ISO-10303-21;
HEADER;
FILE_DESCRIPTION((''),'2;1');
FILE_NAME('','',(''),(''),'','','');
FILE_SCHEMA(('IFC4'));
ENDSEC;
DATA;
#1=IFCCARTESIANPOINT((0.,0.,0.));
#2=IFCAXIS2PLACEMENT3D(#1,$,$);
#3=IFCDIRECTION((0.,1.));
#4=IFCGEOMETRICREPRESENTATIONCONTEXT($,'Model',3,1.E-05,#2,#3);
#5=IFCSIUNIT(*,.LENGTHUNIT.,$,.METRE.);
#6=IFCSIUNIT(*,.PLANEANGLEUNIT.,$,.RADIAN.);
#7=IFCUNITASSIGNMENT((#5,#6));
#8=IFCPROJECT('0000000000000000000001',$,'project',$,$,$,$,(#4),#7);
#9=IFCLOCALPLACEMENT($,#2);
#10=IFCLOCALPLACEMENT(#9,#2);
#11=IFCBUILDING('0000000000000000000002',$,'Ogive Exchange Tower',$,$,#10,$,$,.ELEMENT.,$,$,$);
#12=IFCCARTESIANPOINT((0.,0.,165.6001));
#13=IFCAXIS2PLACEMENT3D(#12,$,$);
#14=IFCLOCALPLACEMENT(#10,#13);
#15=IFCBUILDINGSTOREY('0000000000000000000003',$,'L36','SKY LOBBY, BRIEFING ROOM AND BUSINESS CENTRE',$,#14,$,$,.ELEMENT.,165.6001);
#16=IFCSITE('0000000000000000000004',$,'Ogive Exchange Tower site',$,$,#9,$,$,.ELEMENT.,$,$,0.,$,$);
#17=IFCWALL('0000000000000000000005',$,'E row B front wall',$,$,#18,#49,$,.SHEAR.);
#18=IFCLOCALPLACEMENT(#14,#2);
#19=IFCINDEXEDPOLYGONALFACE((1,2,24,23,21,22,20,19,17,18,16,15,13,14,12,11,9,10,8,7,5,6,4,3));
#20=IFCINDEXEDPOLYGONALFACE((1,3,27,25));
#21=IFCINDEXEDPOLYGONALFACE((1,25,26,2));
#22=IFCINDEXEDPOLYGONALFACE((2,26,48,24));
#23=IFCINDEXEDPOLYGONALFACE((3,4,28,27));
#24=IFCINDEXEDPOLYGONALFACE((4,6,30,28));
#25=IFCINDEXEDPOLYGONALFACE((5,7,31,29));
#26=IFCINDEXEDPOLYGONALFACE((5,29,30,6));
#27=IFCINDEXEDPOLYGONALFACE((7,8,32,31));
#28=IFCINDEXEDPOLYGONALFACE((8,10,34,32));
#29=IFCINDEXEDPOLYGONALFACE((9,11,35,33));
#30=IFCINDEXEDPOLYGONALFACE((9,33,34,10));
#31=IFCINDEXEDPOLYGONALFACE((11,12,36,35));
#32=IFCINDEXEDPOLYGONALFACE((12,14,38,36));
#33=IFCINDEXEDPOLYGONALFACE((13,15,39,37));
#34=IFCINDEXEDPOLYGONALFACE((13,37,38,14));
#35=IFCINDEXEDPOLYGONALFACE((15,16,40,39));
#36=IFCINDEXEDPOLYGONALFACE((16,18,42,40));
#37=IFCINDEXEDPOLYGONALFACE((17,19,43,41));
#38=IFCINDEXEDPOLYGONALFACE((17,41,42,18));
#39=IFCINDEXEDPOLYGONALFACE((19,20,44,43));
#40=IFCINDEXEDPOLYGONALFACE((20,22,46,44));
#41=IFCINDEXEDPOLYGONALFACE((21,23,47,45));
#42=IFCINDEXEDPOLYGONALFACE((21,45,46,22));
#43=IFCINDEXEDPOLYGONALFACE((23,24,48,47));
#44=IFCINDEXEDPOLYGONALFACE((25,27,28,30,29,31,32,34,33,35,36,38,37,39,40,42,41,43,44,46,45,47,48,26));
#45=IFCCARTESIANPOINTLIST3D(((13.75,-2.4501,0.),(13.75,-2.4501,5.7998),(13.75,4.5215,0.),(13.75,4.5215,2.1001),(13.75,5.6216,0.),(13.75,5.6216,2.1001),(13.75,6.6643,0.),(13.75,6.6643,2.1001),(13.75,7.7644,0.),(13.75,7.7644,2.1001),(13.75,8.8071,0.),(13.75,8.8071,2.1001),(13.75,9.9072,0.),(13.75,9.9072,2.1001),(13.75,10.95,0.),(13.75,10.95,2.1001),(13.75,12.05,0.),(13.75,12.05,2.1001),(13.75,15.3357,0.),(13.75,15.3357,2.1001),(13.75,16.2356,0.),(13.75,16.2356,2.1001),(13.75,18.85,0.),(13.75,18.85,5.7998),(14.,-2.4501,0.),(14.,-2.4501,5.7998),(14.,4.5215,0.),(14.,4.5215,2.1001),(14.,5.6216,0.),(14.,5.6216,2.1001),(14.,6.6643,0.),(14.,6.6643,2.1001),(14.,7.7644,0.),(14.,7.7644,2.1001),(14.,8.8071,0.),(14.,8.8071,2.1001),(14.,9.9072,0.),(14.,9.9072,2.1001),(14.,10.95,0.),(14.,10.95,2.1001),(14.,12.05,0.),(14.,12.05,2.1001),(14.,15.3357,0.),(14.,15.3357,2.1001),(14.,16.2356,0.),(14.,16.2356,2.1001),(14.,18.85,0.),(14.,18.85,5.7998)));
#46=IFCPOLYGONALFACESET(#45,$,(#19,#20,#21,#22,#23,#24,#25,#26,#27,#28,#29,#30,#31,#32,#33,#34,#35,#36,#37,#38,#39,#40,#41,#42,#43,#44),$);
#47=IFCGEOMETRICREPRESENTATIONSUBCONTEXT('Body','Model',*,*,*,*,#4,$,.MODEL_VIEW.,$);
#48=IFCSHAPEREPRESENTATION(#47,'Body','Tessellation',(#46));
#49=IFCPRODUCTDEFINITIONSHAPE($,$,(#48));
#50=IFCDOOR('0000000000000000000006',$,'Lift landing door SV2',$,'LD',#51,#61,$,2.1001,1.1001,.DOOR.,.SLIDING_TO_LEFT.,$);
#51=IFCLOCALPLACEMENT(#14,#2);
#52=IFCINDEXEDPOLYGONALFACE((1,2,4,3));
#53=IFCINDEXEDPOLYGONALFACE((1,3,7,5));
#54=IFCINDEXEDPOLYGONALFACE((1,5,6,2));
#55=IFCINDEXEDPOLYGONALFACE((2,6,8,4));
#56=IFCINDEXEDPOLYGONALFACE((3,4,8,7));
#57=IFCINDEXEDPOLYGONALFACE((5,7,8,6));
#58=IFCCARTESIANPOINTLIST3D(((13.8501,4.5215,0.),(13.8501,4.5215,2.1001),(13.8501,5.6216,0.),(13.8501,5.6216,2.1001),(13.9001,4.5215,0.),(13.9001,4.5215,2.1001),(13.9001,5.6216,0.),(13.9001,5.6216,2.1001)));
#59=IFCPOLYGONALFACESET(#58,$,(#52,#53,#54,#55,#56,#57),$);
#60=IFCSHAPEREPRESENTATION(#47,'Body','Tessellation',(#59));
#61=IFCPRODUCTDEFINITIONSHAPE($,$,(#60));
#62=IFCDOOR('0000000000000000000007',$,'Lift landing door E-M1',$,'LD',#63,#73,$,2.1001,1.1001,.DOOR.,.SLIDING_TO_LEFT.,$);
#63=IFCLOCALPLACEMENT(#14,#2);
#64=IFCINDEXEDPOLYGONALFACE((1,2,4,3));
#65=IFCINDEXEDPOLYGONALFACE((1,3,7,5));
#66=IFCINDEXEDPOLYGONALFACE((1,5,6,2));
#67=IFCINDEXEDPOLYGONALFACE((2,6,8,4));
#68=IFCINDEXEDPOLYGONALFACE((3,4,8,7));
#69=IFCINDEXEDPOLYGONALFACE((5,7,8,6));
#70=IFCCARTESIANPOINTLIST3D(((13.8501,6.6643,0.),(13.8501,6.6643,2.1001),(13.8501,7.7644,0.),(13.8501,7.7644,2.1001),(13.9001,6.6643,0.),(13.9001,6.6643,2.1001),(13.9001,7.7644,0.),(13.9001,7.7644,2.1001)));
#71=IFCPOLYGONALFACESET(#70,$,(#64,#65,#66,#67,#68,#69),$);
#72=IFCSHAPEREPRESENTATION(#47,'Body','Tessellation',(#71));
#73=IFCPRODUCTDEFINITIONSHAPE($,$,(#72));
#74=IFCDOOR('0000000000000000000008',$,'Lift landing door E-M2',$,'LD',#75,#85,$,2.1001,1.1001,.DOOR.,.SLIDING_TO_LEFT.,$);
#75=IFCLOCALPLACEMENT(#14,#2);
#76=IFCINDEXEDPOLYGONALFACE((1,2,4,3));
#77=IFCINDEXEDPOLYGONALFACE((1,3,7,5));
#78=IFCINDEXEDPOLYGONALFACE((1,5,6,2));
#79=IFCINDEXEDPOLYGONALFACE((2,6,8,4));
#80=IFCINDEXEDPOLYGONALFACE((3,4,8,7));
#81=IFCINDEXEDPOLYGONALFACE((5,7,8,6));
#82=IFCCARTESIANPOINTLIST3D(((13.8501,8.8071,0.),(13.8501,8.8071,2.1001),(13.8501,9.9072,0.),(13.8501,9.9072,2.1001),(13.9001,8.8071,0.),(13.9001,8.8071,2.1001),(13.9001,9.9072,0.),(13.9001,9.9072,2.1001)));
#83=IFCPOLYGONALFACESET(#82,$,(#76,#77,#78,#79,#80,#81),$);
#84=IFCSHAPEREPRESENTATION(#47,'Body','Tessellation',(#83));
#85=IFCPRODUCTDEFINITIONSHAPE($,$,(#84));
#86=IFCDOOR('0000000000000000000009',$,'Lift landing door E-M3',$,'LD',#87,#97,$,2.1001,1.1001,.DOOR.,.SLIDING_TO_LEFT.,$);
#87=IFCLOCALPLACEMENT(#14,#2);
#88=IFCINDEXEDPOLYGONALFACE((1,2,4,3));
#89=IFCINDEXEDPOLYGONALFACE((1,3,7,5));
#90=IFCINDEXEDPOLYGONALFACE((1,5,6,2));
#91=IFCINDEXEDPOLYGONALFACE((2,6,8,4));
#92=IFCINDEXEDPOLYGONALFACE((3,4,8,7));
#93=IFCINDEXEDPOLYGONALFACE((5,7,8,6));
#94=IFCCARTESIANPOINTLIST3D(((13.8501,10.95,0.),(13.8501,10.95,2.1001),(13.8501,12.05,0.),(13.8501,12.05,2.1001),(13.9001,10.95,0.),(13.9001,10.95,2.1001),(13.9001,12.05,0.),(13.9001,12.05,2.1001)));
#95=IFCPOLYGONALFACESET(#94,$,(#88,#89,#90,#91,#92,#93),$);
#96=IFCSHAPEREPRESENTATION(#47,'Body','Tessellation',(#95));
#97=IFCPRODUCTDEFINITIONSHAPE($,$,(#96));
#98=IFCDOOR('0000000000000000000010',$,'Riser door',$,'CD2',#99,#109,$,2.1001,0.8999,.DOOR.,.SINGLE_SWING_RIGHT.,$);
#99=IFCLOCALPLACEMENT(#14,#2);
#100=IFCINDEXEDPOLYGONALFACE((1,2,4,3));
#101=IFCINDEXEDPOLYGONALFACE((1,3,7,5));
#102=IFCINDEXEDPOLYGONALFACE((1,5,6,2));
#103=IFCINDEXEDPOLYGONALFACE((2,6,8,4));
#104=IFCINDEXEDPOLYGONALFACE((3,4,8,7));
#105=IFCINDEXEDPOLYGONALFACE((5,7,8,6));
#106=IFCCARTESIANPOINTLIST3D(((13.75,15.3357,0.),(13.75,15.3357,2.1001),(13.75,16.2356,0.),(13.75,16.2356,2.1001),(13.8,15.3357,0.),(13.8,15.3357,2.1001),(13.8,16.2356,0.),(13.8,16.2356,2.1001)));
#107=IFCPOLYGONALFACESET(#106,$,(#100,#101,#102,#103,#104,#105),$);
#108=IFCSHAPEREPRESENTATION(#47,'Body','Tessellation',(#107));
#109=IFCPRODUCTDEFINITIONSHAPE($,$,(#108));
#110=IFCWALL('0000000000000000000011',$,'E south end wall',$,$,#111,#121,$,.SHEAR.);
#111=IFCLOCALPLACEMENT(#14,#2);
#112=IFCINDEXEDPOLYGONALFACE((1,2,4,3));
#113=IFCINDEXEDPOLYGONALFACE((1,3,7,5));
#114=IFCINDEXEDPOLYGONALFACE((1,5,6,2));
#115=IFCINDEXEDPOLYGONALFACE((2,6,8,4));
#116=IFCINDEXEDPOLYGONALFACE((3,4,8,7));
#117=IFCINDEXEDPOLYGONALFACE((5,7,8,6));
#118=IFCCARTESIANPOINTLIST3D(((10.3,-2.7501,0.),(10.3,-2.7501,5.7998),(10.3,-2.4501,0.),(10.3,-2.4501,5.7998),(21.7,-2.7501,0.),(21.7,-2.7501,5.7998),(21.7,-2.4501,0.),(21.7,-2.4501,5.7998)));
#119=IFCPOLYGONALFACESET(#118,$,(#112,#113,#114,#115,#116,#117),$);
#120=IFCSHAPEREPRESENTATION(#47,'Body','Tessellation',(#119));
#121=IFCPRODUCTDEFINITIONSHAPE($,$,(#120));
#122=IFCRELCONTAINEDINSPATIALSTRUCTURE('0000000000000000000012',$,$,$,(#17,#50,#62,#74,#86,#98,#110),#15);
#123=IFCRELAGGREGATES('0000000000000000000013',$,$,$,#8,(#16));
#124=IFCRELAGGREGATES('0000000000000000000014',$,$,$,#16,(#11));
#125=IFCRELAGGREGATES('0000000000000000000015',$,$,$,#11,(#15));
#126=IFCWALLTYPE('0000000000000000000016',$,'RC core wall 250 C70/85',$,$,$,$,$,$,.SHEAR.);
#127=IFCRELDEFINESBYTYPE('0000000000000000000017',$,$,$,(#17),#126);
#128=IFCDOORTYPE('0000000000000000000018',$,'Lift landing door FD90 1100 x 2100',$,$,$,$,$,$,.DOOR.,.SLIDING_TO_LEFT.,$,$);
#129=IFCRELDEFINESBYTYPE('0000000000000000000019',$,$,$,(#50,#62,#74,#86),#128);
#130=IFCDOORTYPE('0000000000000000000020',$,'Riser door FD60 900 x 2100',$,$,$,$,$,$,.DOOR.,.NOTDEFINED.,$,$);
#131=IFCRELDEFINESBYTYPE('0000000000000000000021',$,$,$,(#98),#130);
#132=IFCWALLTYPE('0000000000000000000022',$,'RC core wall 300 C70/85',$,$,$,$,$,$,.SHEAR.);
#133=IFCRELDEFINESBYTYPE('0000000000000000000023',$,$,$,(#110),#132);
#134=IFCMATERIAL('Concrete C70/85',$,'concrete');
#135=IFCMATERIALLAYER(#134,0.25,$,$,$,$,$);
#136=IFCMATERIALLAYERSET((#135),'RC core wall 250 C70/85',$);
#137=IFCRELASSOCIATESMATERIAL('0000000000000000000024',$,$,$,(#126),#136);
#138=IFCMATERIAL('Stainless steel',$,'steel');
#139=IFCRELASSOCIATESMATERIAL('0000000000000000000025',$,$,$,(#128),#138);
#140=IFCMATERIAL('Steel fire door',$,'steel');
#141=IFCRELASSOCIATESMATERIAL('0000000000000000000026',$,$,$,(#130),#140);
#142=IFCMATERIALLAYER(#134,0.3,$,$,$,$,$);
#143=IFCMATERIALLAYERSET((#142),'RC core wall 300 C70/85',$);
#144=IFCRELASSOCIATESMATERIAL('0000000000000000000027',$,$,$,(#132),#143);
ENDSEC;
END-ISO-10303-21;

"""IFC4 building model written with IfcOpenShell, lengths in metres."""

from ifc_helpers import new_model, si_unit, direction, frame, frame_2d, origin, place, context, subcontext, project, spatial, rectangle, extrude, material, layer, layer_set, type_object, element, fill, save


model = new_model("IFC4")

# Units and contexts
model_context = context("Model", 3, precision=1e-05, world=origin(), true_north=direction((0.0, 1.0)))
body_context = subcontext(model_context, "Body", "Model", "MODEL_VIEW")
ifc_project = project(units=[si_unit("LENGTHUNIT", "METRE"), si_unit("PLANEANGLEUNIT", "RADIAN")], contexts=[model_context])

# Site, building, storey
site_placement = place(None, origin())
site = spatial("IfcSite", under=ifc_project, at=site_placement, Name="Ogive Exchange Tower site", CompositionType="ELEMENT", RefElevation=0.0)
building_placement = place(site_placement, origin())
building = spatial("IfcBuilding", under=site, at=building_placement, Name="Ogive Exchange Tower", CompositionType="ELEMENT")
storey_placement = place(building_placement, frame((0.0, 0.0, 165.6001)))
storey = spatial("IfcBuildingStorey", under=building, at=storey_placement, Name="L36", Description="SKY LOBBY, BRIEFING ROOM AND BUSINESS CENTRE", CompositionType="ELEMENT", Elevation=165.6001)

# Shared definitions
ifc_material_1 = material(Name="Concrete C70/85", Category="concrete")
ifc_layer_1 = layer(ifc_material_1, 0.25)
ifc_layer_set_1 = layer_set([ifc_layer_1], Name="RC core wall 250 C70/85")
wall_type_1 = type_object("IfcWallType", Name="RC core wall 250 C70/85", PredefinedType="SHEAR", material=ifc_layer_set_1)
ifc_material_2 = material(Name="Steel fire door", Category="steel")

# Wall, openings, doors
wall_1_placement = place(storey_placement, frame((13.875, -2.45, 0.0), z_axis=(0.0, 0.0, 1.0), x_axis=(0.0, 1.0, 0.0)))
wall_1 = element("IfcWall", 1, at=wall_1_placement, inside=storey, type_object=wall_type_1, Name="E row B front wall", PredefinedType="SHEAR", context=body_context, shape_type="SweptSolid", body=[
    extrude(rectangle(XDim=21.3, YDim=0.25, at=frame_2d((10.6499, 0.0))), origin(), (0.0, 0.0, 1.0), 5.7998),
])
opening_1_placement = place(wall_1_placement, frame((17.7856, 0.0, 0.0)))
opening_1 = element("IfcOpeningElement", 2, at=opening_1_placement, cuts=wall_1, PredefinedType="OPENING", context=body_context, shape_type="SweptSolid", body=[
    extrude(rectangle(XDim=0.8999, YDim=2.1001, at=frame_2d((0.45, 1.05))), frame((0.0, 0.135, 0.0), z_axis=(0.0, -1.0, 0.0), x_axis=(1.0, 0.0, 0.0)), (0.0, 0.0, 1.0), 0.27),
])
opening_2_placement = place(wall_1_placement, frame((6.9714, 0.0, 0.0)))
opening_2 = element("IfcOpeningElement", 3, at=opening_2_placement, cuts=wall_1, PredefinedType="OPENING", context=body_context, shape_type="SweptSolid", body=[
    extrude(rectangle(XDim=1.1001, YDim=2.1001, at=frame_2d((0.55, 1.05))), frame((0.0, 0.135, 0.0), z_axis=(0.0, -1.0, 0.0), x_axis=(1.0, 0.0, 0.0)), (0.0, 0.0, 1.0), 0.27),
])
opening_3_placement = place(wall_1_placement, frame((9.1143, 0.0, 0.0)))
opening_3 = element("IfcOpeningElement", 4, at=opening_3_placement, cuts=wall_1, PredefinedType="OPENING", context=body_context, shape_type="SweptSolid", body=[
    extrude(rectangle(XDim=1.1001, YDim=2.1001, at=frame_2d((0.55, 1.05))), frame((0.0, 0.135, 0.0), z_axis=(0.0, -1.0, 0.0), x_axis=(1.0, 0.0, 0.0)), (0.0, 0.0, 1.0), 0.27),
])
opening_4_placement = place(wall_1_placement, frame((11.2571, 0.0, 0.0)))
opening_4 = element("IfcOpeningElement", 5, at=opening_4_placement, cuts=wall_1, PredefinedType="OPENING", context=body_context, shape_type="SweptSolid", body=[
    extrude(rectangle(XDim=1.1001, YDim=2.1001, at=frame_2d((0.55, 1.05))), frame((0.0, 0.135, 0.0), z_axis=(0.0, -1.0, 0.0), x_axis=(1.0, 0.0, 0.0)), (0.0, 0.0, 1.0), 0.27),
])
opening_5_placement = place(wall_1_placement, frame((13.3999, 0.0, 0.0)))
opening_5 = element("IfcOpeningElement", 6, at=opening_5_placement, cuts=wall_1, PredefinedType="OPENING", context=body_context, shape_type="SweptSolid", body=[
    extrude(rectangle(XDim=1.1001, YDim=2.1001, at=frame_2d((0.55, 1.05))), frame((0.0, 0.135, 0.0), z_axis=(0.0, -1.0, 0.0), x_axis=(1.0, 0.0, 0.0)), (0.0, 0.0, 1.0), 0.27),
])
ifc_material_3 = material(Name="Stainless steel", Category="steel")
door_type_1 = type_object("IfcDoorType", Name="Lift landing door FD90 1100 x 2100", OperationType="SLIDING_TO_LEFT", PredefinedType="DOOR", material=ifc_material_3)
door_1_placement = place(opening_2_placement, origin())
door_1 = element("IfcDoor", 7, at=door_1_placement, inside=storey, type_object=door_type_1, Name="Lift landing door SV2", ObjectType="LD", OperationType="SLIDING_TO_LEFT", OverallHeight=2.1001, OverallWidth=1.1001, PredefinedType="DOOR", context=body_context, shape_type="SweptSolid", body=[
    extrude(rectangle(XDim=1.1001, YDim=2.1001, at=frame_2d((0.55, 1.05))), frame((0.0, 0.0249, 0.0), z_axis=(0.0, -1.0, 0.0), x_axis=(1.0, 0.0, 0.0)), (0.0, 0.0, 1.0), 0.05),
])
fill(opening_2, door_1)
door_2_placement = place(opening_3_placement, origin())
door_2 = element("IfcDoor", 8, at=door_2_placement, inside=storey, type_object=door_type_1, Name="Lift landing door E-M1", ObjectType="LD", OperationType="SLIDING_TO_LEFT", OverallHeight=2.1001, OverallWidth=1.1001, PredefinedType="DOOR", context=body_context, shape_type="SweptSolid", body=[
    extrude(rectangle(XDim=1.1001, YDim=2.1001, at=frame_2d((0.55, 1.05))), frame((0.0, 0.0249, 0.0), z_axis=(0.0, -1.0, 0.0), x_axis=(1.0, 0.0, 0.0)), (0.0, 0.0, 1.0), 0.05),
])
fill(opening_3, door_2)
door_3_placement = place(opening_4_placement, origin())
door_3 = element("IfcDoor", 9, at=door_3_placement, inside=storey, type_object=door_type_1, Name="Lift landing door E-M2", ObjectType="LD", OperationType="SLIDING_TO_LEFT", OverallHeight=2.1001, OverallWidth=1.1001, PredefinedType="DOOR", context=body_context, shape_type="SweptSolid", body=[
    extrude(rectangle(XDim=1.1001, YDim=2.1001, at=frame_2d((0.55, 1.05))), frame((0.0, 0.0249, 0.0), z_axis=(0.0, -1.0, 0.0), x_axis=(1.0, 0.0, 0.0)), (0.0, 0.0, 1.0), 0.05),
])
fill(opening_4, door_3)
door_4_placement = place(opening_5_placement, origin())
door_4 = element("IfcDoor", 10, at=door_4_placement, inside=storey, type_object=door_type_1, Name="Lift landing door E-M3", ObjectType="LD", OperationType="SLIDING_TO_LEFT", OverallHeight=2.1001, OverallWidth=1.1001, PredefinedType="DOOR", context=body_context, shape_type="SweptSolid", body=[
    extrude(rectangle(XDim=1.1001, YDim=2.1001, at=frame_2d((0.55, 1.05))), frame((0.0, 0.0249, 0.0), z_axis=(0.0, -1.0, 0.0), x_axis=(1.0, 0.0, 0.0)), (0.0, 0.0, 1.0), 0.05),
])
fill(opening_5, door_4)
door_type_2 = type_object("IfcDoorType", Name="Riser door FD60 900 x 2100", OperationType="NOTDEFINED", PredefinedType="DOOR", material=ifc_material_2)
door_5_placement = place(opening_1_placement, origin())
door_5 = element("IfcDoor", 11, at=door_5_placement, inside=storey, type_object=door_type_2, Name="Riser door", ObjectType="CD2", OperationType="SINGLE_SWING_RIGHT", OverallHeight=2.1001, OverallWidth=0.8999, PredefinedType="DOOR", context=body_context, shape_type="SweptSolid", body=[
    extrude(rectangle(XDim=0.8999, YDim=2.1001, at=frame_2d((0.45, 1.05))), frame((0.0, 0.125, 0.0), z_axis=(0.0, -1.0, 0.0), x_axis=(1.0, 0.0, 0.0)), (0.0, 0.0, 1.0), 0.05),
])
fill(opening_1, door_5)

# Wall
ifc_layer_2 = layer(ifc_material_1, 0.3)
ifc_layer_set_2 = layer_set([ifc_layer_2], Name="RC core wall 300 C70/85")
wall_type_2 = type_object("IfcWallType", Name="RC core wall 300 C70/85", PredefinedType="SHEAR", material=ifc_layer_set_2)
wall_2_placement = place(storey_placement, frame((10.3, -2.6001, 0.0), z_axis=(0.0, 0.0, 1.0), x_axis=(1.0, 0.0, 0.0)))
element("IfcWall", 12, at=wall_2_placement, inside=storey, type_object=wall_type_2, Name="E south end wall", PredefinedType="SHEAR", context=body_context, shape_type="SweptSolid", body=[
    extrude(rectangle(XDim=11.3999, YDim=0.3, at=frame_2d((5.7, 0.0))), origin(), (0.0, 0.0, 1.0), 5.7998),
])

save(model, "model.ifc")
